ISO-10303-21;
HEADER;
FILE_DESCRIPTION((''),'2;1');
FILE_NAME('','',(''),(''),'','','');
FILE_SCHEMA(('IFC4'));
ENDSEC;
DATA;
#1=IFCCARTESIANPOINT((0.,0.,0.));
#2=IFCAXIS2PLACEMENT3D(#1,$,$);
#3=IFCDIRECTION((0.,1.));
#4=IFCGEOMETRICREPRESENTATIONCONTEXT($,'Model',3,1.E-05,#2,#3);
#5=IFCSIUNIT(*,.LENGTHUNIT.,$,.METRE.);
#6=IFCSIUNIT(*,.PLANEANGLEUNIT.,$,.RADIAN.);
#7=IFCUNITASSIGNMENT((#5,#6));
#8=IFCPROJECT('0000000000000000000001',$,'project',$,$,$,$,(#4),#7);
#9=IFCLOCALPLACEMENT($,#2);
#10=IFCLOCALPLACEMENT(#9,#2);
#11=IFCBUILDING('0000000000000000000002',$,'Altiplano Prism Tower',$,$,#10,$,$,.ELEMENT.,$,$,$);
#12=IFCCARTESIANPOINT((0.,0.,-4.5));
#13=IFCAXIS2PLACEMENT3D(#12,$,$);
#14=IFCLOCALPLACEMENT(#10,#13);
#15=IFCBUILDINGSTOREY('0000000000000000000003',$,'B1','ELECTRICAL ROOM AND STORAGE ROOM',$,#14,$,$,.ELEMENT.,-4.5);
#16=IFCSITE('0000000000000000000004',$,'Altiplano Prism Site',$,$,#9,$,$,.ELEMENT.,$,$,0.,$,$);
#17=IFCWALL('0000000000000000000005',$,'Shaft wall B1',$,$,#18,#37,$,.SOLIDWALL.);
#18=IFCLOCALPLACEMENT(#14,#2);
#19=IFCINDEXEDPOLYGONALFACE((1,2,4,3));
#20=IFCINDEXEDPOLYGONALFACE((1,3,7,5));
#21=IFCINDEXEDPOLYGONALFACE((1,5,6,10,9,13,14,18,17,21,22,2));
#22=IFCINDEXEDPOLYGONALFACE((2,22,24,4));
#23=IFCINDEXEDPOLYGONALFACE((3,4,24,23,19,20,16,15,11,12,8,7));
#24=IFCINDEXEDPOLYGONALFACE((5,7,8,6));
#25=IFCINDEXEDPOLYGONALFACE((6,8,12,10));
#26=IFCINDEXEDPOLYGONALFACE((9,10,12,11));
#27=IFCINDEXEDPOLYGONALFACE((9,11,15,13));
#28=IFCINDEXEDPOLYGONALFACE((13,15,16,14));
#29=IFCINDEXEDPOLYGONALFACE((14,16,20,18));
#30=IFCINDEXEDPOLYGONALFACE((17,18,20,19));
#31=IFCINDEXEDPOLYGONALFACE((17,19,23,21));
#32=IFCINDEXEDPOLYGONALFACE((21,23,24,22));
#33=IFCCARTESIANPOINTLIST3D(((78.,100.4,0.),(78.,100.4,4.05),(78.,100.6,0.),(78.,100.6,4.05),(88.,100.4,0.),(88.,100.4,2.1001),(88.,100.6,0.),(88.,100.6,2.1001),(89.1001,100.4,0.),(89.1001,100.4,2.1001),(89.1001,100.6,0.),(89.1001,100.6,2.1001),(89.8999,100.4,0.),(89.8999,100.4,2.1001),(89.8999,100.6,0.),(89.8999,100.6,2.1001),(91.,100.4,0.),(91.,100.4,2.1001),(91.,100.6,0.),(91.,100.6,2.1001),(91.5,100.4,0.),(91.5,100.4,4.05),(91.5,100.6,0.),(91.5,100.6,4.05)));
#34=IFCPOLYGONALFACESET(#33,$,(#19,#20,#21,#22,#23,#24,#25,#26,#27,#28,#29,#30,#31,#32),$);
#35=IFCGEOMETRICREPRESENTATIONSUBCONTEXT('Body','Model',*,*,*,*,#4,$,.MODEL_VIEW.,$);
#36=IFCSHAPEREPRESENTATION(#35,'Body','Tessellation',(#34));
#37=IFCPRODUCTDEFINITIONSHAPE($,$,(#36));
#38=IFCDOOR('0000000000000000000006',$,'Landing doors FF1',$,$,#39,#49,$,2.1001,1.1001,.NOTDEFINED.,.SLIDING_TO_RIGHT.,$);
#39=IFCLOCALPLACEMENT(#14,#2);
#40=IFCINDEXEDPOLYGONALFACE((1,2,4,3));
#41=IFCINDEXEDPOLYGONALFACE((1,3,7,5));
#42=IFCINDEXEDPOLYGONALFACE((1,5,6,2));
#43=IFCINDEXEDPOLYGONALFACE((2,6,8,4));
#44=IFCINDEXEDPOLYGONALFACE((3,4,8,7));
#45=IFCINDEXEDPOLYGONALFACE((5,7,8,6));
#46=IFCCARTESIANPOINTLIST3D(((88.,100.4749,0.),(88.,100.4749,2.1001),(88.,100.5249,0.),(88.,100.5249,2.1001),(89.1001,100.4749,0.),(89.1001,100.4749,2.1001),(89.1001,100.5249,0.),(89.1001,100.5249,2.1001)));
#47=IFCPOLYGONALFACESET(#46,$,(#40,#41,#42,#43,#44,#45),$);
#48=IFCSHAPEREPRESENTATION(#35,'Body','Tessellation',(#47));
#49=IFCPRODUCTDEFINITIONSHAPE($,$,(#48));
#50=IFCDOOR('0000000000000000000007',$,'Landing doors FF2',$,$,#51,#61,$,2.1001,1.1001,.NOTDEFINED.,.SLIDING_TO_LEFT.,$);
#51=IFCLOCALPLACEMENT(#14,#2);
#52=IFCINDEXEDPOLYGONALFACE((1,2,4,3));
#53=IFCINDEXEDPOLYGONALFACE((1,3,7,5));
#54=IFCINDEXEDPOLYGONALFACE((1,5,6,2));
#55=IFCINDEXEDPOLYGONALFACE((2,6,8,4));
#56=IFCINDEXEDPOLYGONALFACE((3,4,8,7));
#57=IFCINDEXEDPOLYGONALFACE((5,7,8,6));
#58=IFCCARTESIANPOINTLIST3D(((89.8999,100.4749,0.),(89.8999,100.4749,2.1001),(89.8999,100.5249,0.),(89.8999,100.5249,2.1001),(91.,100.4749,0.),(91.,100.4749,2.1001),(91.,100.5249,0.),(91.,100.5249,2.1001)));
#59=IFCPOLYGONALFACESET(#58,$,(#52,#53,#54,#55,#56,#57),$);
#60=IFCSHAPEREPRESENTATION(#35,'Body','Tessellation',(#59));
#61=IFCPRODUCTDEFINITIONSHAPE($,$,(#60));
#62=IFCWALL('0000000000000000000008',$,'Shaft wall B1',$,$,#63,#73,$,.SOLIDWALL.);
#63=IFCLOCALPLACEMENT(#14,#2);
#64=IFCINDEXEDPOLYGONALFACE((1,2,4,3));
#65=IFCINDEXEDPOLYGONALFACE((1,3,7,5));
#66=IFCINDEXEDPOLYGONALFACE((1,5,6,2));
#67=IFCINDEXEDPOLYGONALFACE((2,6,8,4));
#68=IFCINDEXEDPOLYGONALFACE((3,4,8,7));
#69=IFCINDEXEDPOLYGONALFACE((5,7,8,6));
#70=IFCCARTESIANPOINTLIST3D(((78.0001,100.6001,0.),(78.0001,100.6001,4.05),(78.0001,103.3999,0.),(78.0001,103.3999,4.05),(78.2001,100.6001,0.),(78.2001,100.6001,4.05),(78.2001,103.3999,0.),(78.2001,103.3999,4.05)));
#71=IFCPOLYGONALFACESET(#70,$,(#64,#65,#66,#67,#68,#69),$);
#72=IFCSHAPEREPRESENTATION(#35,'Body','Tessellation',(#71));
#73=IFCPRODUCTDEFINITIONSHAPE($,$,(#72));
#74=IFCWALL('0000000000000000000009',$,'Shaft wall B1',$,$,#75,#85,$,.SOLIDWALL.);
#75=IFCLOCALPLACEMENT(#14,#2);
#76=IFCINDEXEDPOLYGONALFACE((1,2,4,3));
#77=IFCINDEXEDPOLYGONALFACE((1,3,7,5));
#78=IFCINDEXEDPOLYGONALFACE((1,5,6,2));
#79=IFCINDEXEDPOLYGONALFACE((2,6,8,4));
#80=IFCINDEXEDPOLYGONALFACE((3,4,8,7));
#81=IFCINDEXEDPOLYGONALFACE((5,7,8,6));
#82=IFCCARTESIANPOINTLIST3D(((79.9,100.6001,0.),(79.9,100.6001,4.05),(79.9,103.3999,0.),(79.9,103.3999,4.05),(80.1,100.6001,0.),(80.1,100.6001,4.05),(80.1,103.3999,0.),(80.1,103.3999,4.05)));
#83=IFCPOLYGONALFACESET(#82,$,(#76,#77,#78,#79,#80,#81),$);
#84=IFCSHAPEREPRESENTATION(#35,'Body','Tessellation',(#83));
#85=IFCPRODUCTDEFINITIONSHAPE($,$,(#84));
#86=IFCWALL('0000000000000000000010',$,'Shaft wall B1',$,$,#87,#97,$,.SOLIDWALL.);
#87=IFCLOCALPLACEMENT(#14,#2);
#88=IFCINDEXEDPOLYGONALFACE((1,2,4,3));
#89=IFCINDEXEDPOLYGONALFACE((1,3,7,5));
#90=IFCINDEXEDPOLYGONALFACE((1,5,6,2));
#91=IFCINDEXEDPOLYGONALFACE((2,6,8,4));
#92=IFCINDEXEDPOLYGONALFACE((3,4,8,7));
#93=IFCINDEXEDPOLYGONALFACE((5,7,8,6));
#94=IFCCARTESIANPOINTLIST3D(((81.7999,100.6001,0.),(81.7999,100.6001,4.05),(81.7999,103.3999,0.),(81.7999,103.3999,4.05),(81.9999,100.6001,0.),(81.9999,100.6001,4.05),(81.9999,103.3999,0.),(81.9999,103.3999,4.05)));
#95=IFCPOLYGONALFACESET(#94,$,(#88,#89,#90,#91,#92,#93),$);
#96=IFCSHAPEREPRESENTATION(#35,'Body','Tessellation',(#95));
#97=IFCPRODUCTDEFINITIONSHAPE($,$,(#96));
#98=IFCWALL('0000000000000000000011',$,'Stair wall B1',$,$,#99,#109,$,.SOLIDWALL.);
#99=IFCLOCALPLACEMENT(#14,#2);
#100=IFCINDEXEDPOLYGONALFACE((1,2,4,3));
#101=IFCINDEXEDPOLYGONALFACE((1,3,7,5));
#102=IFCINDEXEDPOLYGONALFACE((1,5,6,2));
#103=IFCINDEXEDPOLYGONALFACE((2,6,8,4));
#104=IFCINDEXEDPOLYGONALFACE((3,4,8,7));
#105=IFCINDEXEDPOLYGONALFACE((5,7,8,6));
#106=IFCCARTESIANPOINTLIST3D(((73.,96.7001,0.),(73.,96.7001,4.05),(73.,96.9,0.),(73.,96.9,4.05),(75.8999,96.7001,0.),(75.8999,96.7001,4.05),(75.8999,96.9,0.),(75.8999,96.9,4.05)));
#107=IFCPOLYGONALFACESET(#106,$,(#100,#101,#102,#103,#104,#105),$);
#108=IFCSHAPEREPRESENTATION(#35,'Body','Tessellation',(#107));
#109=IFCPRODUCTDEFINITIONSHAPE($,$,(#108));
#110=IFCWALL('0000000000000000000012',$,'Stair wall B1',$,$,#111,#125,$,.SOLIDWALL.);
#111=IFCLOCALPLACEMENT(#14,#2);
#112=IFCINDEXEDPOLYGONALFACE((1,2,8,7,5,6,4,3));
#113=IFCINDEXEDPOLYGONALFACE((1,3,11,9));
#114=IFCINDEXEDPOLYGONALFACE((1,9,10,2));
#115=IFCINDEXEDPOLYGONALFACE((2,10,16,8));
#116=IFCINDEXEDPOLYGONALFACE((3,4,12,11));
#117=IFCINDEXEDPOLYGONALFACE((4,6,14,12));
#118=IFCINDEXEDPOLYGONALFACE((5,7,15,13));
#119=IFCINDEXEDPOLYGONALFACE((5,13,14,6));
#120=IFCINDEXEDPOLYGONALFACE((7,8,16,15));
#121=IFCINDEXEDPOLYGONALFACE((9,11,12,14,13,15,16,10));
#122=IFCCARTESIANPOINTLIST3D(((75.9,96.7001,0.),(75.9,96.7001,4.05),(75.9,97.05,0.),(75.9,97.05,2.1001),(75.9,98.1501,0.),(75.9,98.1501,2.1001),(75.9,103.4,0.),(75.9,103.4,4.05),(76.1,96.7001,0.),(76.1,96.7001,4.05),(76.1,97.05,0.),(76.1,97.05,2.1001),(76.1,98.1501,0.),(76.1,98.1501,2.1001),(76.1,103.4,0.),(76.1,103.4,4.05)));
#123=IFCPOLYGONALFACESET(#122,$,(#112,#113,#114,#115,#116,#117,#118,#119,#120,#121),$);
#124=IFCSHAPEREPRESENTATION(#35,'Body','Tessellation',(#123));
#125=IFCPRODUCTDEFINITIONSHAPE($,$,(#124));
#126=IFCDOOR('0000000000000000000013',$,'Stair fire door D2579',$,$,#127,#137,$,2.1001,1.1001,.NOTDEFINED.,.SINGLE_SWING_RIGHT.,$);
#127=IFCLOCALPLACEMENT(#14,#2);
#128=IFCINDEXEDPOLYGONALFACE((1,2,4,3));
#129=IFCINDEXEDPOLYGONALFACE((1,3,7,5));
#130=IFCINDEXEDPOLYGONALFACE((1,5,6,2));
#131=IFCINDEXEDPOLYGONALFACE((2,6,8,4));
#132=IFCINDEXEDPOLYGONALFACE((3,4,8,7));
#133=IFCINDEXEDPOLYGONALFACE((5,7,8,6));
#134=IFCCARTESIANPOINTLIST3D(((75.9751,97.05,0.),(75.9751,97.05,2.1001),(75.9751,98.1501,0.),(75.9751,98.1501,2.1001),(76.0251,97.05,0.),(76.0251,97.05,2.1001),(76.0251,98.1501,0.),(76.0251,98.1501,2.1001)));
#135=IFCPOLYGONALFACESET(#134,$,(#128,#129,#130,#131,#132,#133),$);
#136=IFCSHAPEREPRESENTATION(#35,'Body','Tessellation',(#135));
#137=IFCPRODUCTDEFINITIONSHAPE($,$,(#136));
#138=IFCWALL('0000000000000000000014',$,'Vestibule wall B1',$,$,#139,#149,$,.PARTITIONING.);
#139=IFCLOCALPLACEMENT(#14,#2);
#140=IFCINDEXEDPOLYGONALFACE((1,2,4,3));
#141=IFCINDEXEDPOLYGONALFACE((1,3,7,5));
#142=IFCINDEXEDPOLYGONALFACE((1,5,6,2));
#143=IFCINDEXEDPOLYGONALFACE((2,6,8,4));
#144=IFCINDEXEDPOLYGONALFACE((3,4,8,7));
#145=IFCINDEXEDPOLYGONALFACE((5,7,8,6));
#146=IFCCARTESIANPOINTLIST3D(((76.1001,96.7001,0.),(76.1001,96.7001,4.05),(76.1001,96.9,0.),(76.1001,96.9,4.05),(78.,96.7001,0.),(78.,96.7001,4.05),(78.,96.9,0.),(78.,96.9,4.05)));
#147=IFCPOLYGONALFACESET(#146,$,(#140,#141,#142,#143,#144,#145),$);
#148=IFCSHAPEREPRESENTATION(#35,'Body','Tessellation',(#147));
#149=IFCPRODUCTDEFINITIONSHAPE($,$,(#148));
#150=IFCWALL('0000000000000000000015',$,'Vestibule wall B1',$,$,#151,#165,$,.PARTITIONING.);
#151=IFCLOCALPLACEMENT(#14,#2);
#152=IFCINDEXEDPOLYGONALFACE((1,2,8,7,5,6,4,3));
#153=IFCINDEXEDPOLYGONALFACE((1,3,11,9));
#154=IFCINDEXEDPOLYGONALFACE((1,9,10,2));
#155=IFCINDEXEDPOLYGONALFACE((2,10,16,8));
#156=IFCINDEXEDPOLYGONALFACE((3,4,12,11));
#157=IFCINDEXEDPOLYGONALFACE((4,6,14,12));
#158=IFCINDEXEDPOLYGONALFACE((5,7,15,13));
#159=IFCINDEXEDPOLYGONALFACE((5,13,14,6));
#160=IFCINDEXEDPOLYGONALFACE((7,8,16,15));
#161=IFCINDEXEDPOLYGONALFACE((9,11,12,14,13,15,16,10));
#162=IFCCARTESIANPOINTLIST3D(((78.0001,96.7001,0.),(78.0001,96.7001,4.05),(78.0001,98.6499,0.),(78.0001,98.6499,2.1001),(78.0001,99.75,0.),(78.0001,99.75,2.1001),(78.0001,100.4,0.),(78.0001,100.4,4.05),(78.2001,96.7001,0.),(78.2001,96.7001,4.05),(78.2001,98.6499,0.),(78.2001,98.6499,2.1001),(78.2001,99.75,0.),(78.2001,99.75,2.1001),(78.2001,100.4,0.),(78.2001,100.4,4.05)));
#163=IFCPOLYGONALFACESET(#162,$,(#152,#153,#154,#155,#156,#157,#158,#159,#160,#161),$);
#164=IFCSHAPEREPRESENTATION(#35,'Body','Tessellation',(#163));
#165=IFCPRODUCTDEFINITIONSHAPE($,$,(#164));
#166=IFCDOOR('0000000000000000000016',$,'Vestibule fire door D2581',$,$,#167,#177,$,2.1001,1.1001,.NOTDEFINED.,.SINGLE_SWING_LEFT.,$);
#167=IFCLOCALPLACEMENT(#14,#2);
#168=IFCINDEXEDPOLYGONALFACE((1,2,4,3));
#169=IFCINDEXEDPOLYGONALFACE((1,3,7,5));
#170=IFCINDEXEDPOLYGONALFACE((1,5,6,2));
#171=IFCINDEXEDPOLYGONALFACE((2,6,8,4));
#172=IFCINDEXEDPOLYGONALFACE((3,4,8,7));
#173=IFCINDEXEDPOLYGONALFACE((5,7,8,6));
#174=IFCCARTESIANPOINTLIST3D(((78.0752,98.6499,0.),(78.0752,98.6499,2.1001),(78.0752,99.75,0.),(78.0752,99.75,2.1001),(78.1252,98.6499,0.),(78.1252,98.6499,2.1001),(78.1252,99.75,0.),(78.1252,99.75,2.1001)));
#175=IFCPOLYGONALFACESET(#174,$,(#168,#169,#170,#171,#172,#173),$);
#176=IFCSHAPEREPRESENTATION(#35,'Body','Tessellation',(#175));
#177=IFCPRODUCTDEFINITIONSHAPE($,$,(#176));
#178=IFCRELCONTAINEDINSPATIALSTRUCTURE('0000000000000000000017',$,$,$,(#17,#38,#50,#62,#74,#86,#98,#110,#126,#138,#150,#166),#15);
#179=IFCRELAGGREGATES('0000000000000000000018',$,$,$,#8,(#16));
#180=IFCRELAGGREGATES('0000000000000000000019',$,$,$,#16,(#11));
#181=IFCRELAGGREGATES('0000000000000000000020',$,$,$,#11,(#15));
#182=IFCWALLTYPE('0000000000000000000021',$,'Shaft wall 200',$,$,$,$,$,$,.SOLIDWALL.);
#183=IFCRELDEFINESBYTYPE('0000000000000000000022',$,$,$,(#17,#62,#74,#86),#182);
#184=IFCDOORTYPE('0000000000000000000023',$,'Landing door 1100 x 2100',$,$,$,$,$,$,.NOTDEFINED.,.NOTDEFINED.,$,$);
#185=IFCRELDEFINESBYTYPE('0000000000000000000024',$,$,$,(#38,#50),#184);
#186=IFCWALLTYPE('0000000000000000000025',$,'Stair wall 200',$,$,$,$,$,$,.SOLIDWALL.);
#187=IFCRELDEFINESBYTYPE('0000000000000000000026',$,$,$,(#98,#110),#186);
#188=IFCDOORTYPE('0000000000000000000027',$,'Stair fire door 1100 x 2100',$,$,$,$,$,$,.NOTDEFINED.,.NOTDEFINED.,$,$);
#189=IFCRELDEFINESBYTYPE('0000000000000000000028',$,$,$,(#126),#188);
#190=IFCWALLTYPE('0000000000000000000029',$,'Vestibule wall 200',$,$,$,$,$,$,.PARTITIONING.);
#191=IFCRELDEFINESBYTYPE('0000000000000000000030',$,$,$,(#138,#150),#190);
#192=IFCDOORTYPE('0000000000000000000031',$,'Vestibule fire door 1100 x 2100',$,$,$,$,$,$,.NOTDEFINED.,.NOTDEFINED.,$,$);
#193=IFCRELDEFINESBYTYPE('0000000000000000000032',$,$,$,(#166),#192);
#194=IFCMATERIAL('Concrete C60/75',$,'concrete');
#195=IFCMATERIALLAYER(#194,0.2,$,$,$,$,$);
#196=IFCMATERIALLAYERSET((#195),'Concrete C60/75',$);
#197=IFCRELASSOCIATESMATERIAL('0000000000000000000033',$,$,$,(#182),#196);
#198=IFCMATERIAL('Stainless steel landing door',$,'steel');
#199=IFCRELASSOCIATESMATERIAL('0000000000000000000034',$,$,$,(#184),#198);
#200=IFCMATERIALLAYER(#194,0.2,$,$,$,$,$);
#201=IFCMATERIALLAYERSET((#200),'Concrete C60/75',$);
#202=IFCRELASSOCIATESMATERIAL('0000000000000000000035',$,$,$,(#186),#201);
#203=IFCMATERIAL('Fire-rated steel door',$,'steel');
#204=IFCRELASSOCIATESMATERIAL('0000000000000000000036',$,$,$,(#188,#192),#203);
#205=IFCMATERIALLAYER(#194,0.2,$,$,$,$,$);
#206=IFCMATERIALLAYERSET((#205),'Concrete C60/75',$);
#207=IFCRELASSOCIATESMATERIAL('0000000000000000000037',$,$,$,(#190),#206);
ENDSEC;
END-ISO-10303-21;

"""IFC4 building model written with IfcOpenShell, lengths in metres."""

from ifc_helpers import new_model, si_unit, direction, frame, frame_2d, origin, place, context, subcontext, project, spatial, rectangle, extrude, material, layer, layer_set, type_object, element, fill, save


model = new_model("IFC4")

# Units and contexts
model_context = context("Model", 3, precision=1e-05, world=origin(), true_north=direction((0.0, 1.0)))
body_context = subcontext(model_context, "Body", "Model", "MODEL_VIEW")
ifc_project = project(units=[si_unit("LENGTHUNIT", "METRE"), si_unit("PLANEANGLEUNIT", "RADIAN")], contexts=[model_context])

# Site, building, storey
site_placement = place(None, origin())
site = spatial("IfcSite", under=ifc_project, at=site_placement, Name="Altiplano Prism Site", CompositionType="ELEMENT", RefElevation=0.0)
building_placement = place(site_placement, origin())
building = spatial("IfcBuilding", under=site, at=building_placement, Name="Altiplano Prism Tower", CompositionType="ELEMENT")
storey_placement = place(building_placement, frame((0.0, 0.0, -4.5)))
storey = spatial("IfcBuildingStorey", under=building, at=storey_placement, Name="B1", Description="ELECTRICAL ROOM AND STORAGE ROOM", CompositionType="ELEMENT", Elevation=-4.5)

# Shared definitions
ifc_material_1 = material(Name="Concrete C60/75", Category="concrete")

# Shared definitions
ifc_layer_1 = layer(ifc_material_1, 0.2)
ifc_layer_set_1 = layer_set([ifc_layer_1], Name="Concrete C60/75")
wall_type_1 = type_object("IfcWallType", Name="Shaft wall 200", PredefinedType="SOLIDWALL", material=ifc_layer_set_1)

# Wall, openings, doors
wall_1_placement = place(storey_placement, frame((78.0, 100.5, 0.0), z_axis=(0.0, 0.0, 1.0), x_axis=(1.0, 0.0, 0.0)))
wall_1 = element("IfcWall", 1, at=wall_1_placement, inside=storey, type_object=wall_type_1, Name="Shaft wall B1", PredefinedType="SOLIDWALL", context=body_context, shape_type="SweptSolid", body=[
    extrude(rectangle(XDim=13.5, YDim=0.2, at=frame_2d((6.75, 0.0))), origin(), (0.0, 0.0, 1.0), 4.05),
])
opening_1_placement = place(wall_1_placement, frame((10.0, 0.0, 0.0)))
opening_1 = element("IfcOpeningElement", 2, at=opening_1_placement, cuts=wall_1, PredefinedType="OPENING", context=body_context, shape_type="SweptSolid", body=[
    extrude(rectangle(XDim=1.1001, YDim=2.1001, at=frame_2d((0.55, 1.05))), frame((0.0, 0.1104, 0.0), z_axis=(0.0, -1.0, 0.0), x_axis=(1.0, 0.0, 0.0)), (0.0, 0.0, 1.0), 0.2209),
])
opening_2_placement = place(wall_1_placement, frame((11.8999, 0.0, 0.0)))
opening_2 = element("IfcOpeningElement", 3, at=opening_2_placement, cuts=wall_1, PredefinedType="OPENING", context=body_context, shape_type="SweptSolid", body=[
    extrude(rectangle(XDim=1.1001, YDim=2.1001, at=frame_2d((0.55, 1.05))), frame((0.0, 0.1104, 0.0), z_axis=(0.0, -1.0, 0.0), x_axis=(1.0, 0.0, 0.0)), (0.0, 0.0, 1.0), 0.2209),
])
ifc_material_2 = material(Name="Stainless steel landing door", Category="steel")
door_type_1 = type_object("IfcDoorType", Name="Landing door 1100 x 2100", OperationType="NOTDEFINED", PredefinedType="NOTDEFINED", material=ifc_material_2)
door_1_placement = place(opening_1_placement, origin())
door_1 = element("IfcDoor", 4, at=door_1_placement, inside=storey, type_object=door_type_1, Name="Landing doors FF1", OperationType="SLIDING_TO_RIGHT", OverallHeight=2.1001, OverallWidth=1.1001, PredefinedType="NOTDEFINED", context=body_context, shape_type="SweptSolid", body=[
    extrude(rectangle(XDim=1.1001, YDim=2.1001, at=frame_2d((0.55, 1.05))), frame((0.0, 0.0249, 0.0), z_axis=(0.0, -1.0, 0.0), x_axis=(1.0, 0.0, 0.0)), (0.0, 0.0, 1.0), 0.05),
])
fill(opening_1, door_1)
door_2_placement = place(opening_2_placement, origin())
door_2 = element("IfcDoor", 5, at=door_2_placement, inside=storey, type_object=door_type_1, Name="Landing doors FF2", OperationType="SLIDING_TO_LEFT", OverallHeight=2.1001, OverallWidth=1.1001, PredefinedType="NOTDEFINED", context=body_context, shape_type="SweptSolid", body=[
    extrude(rectangle(XDim=1.1001, YDim=2.1001, at=frame_2d((0.55, 1.05))), frame((0.0, 0.0249, 0.0), z_axis=(0.0, -1.0, 0.0), x_axis=(1.0, 0.0, 0.0)), (0.0, 0.0, 1.0), 0.05),
])
fill(opening_2, door_2)

# Walls
for number, where, z_axis, x_axis, name in (
    (6, (78.1001, 100.6001, 0.0), (0.0, 0.0, 1.0), (0.0, 1.0, 0.0), "Shaft wall B1"),
    (7, (80.0, 100.6001, 0.0), (0.0, 0.0, 1.0), (0.0, 1.0, 0.0), "Shaft wall B1"),
    (8, (81.8999, 100.6001, 0.0), (0.0, 0.0, 1.0), (0.0, 1.0, 0.0), "Shaft wall B1"),
):
    element("IfcWall", number, at=place(storey_placement, frame(where, z_axis=z_axis, x_axis=x_axis)), inside=storey, type_object=wall_type_1, Name=name, PredefinedType="SOLIDWALL", context=body_context, shape_type="SweptSolid", body=[
        extrude(rectangle(XDim=2.7998, YDim=0.2, at=frame_2d((1.3999, 0.0))), origin(), (0.0, 0.0, 1.0), 4.05),
    ])
ifc_layer_2 = layer(ifc_material_1, 0.2)
ifc_layer_set_2 = layer_set([ifc_layer_2], Name="Concrete C60/75")
wall_type_2 = type_object("IfcWallType", Name="Stair wall 200", PredefinedType="SOLIDWALL", material=ifc_layer_set_2)
wall_2_placement = place(storey_placement, frame((73.0, 96.8, 0.0), z_axis=(0.0, 0.0, 1.0), x_axis=(1.0, 0.0, 0.0)))
element("IfcWall", 9, at=wall_2_placement, inside=storey, type_object=wall_type_2, Name="Stair wall B1", PredefinedType="SOLIDWALL", context=body_context, shape_type="SweptSolid", body=[
    extrude(rectangle(XDim=2.8999, YDim=0.2, at=frame_2d((1.45, 0.0))), origin(), (0.0, 0.0, 1.0), 4.05),
])

# Wall, opening, door
wall_3_placement = place(storey_placement, frame((76.0, 96.7, 0.0), z_axis=(0.0, 0.0, 1.0), x_axis=(0.0, 1.0, 0.0)))
wall_3 = element("IfcWall", 10, at=wall_3_placement, inside=storey, type_object=wall_type_2, Name="Stair wall B1", PredefinedType="SOLIDWALL", context=body_context, shape_type="SweptSolid", body=[
    extrude(rectangle(XDim=6.7, YDim=0.2, at=frame_2d((3.3501, 0.0))), origin(), (0.0, 0.0, 1.0), 4.05),
])
opening_3_placement = place(wall_3_placement, frame((0.3501, 0.0, 0.0)))
opening_3 = element("IfcOpeningElement", 11, at=opening_3_placement, cuts=wall_3, PredefinedType="OPENING", context=body_context, shape_type="SweptSolid", body=[
    extrude(rectangle(XDim=1.1001, YDim=2.1001, at=frame_2d((0.55, 1.05))), frame((0.0, 0.1104, 0.0), z_axis=(0.0, -1.0, 0.0), x_axis=(1.0, 0.0, 0.0)), (0.0, 0.0, 1.0), 0.2209),
])
ifc_material_3 = material(Name="Fire-rated steel door", Category="steel")
door_type_2 = type_object("IfcDoorType", Name="Stair fire door 1100 x 2100", OperationType="NOTDEFINED", PredefinedType="NOTDEFINED", material=ifc_material_3)
door_3_placement = place(opening_3_placement, origin())
door_3 = element("IfcDoor", 12, at=door_3_placement, inside=storey, type_object=door_type_2, Name="Stair fire door D2579", OperationType="SINGLE_SWING_RIGHT", OverallHeight=2.1001, OverallWidth=1.1001, PredefinedType="NOTDEFINED", context=body_context, shape_type="SweptSolid", body=[
    extrude(rectangle(XDim=1.1001, YDim=2.1001, at=frame_2d((0.55, 1.05))), frame((0.0, 0.0249, 0.0), z_axis=(0.0, -1.0, 0.0), x_axis=(1.0, 0.0, 0.0)), (0.0, 0.0, 1.0), 0.05),
])
fill(opening_3, door_3)

# Wall
ifc_layer_3 = layer(ifc_material_1, 0.2)
ifc_layer_set_3 = layer_set([ifc_layer_3], Name="Concrete C60/75")
wall_type_3 = type_object("IfcWallType", Name="Vestibule wall 200", PredefinedType="PARTITIONING", material=ifc_layer_set_3)
wall_4_placement = place(storey_placement, frame((76.1001, 96.8, 0.0), z_axis=(0.0, 0.0, 1.0), x_axis=(1.0, 0.0, 0.0)))
element("IfcWall", 13, at=wall_4_placement, inside=storey, type_object=wall_type_3, Name="Vestibule wall B1", PredefinedType="PARTITIONING", context=body_context, shape_type="SweptSolid", body=[
    extrude(rectangle(XDim=1.8999, YDim=0.2, at=frame_2d((0.95, 0.0))), origin(), (0.0, 0.0, 1.0), 4.05),
])

# Wall, opening, door
wall_5_placement = place(storey_placement, frame((78.1001, 96.7, 0.0), z_axis=(0.0, 0.0, 1.0), x_axis=(0.0, 1.0, 0.0)))
wall_5 = element("IfcWall", 14, at=wall_5_placement, inside=storey, type_object=wall_type_3, Name="Vestibule wall B1", PredefinedType="PARTITIONING", context=body_context, shape_type="SweptSolid", body=[
    extrude(rectangle(XDim=3.7, YDim=0.2, at=frame_2d((1.8501, 0.0))), origin(), (0.0, 0.0, 1.0), 4.05),
])
opening_4_placement = place(wall_5_placement, frame((1.95, 0.0, 0.0)))
opening_4 = element("IfcOpeningElement", 15, at=opening_4_placement, cuts=wall_5, PredefinedType="OPENING", context=body_context, shape_type="SweptSolid", body=[
    extrude(rectangle(XDim=1.1001, YDim=2.1001, at=frame_2d((0.55, 1.05))), frame((0.0, 0.1104, 0.0), z_axis=(0.0, -1.0, 0.0), x_axis=(1.0, 0.0, 0.0)), (0.0, 0.0, 1.0), 0.2209),
])
door_type_3 = type_object("IfcDoorType", Name="Vestibule fire door 1100 x 2100", OperationType="NOTDEFINED", PredefinedType="NOTDEFINED", material=ifc_material_3)
door_4_placement = place(opening_4_placement, origin())
door_4 = element("IfcDoor", 16, at=door_4_placement, inside=storey, type_object=door_type_3, Name="Vestibule fire door D2581", OperationType="SINGLE_SWING_LEFT", OverallHeight=2.1001, OverallWidth=1.1001, PredefinedType="NOTDEFINED", context=body_context, shape_type="SweptSolid", body=[
    extrude(rectangle(XDim=1.1001, YDim=2.1001, at=frame_2d((0.55, 1.05))), frame((0.0, 0.0249, 0.0), z_axis=(0.0, -1.0, 0.0), x_axis=(1.0, 0.0, 0.0)), (0.0, 0.0, 1.0), 0.05),
])
fill(opening_4, door_4)

save(model, "model.ifc")
